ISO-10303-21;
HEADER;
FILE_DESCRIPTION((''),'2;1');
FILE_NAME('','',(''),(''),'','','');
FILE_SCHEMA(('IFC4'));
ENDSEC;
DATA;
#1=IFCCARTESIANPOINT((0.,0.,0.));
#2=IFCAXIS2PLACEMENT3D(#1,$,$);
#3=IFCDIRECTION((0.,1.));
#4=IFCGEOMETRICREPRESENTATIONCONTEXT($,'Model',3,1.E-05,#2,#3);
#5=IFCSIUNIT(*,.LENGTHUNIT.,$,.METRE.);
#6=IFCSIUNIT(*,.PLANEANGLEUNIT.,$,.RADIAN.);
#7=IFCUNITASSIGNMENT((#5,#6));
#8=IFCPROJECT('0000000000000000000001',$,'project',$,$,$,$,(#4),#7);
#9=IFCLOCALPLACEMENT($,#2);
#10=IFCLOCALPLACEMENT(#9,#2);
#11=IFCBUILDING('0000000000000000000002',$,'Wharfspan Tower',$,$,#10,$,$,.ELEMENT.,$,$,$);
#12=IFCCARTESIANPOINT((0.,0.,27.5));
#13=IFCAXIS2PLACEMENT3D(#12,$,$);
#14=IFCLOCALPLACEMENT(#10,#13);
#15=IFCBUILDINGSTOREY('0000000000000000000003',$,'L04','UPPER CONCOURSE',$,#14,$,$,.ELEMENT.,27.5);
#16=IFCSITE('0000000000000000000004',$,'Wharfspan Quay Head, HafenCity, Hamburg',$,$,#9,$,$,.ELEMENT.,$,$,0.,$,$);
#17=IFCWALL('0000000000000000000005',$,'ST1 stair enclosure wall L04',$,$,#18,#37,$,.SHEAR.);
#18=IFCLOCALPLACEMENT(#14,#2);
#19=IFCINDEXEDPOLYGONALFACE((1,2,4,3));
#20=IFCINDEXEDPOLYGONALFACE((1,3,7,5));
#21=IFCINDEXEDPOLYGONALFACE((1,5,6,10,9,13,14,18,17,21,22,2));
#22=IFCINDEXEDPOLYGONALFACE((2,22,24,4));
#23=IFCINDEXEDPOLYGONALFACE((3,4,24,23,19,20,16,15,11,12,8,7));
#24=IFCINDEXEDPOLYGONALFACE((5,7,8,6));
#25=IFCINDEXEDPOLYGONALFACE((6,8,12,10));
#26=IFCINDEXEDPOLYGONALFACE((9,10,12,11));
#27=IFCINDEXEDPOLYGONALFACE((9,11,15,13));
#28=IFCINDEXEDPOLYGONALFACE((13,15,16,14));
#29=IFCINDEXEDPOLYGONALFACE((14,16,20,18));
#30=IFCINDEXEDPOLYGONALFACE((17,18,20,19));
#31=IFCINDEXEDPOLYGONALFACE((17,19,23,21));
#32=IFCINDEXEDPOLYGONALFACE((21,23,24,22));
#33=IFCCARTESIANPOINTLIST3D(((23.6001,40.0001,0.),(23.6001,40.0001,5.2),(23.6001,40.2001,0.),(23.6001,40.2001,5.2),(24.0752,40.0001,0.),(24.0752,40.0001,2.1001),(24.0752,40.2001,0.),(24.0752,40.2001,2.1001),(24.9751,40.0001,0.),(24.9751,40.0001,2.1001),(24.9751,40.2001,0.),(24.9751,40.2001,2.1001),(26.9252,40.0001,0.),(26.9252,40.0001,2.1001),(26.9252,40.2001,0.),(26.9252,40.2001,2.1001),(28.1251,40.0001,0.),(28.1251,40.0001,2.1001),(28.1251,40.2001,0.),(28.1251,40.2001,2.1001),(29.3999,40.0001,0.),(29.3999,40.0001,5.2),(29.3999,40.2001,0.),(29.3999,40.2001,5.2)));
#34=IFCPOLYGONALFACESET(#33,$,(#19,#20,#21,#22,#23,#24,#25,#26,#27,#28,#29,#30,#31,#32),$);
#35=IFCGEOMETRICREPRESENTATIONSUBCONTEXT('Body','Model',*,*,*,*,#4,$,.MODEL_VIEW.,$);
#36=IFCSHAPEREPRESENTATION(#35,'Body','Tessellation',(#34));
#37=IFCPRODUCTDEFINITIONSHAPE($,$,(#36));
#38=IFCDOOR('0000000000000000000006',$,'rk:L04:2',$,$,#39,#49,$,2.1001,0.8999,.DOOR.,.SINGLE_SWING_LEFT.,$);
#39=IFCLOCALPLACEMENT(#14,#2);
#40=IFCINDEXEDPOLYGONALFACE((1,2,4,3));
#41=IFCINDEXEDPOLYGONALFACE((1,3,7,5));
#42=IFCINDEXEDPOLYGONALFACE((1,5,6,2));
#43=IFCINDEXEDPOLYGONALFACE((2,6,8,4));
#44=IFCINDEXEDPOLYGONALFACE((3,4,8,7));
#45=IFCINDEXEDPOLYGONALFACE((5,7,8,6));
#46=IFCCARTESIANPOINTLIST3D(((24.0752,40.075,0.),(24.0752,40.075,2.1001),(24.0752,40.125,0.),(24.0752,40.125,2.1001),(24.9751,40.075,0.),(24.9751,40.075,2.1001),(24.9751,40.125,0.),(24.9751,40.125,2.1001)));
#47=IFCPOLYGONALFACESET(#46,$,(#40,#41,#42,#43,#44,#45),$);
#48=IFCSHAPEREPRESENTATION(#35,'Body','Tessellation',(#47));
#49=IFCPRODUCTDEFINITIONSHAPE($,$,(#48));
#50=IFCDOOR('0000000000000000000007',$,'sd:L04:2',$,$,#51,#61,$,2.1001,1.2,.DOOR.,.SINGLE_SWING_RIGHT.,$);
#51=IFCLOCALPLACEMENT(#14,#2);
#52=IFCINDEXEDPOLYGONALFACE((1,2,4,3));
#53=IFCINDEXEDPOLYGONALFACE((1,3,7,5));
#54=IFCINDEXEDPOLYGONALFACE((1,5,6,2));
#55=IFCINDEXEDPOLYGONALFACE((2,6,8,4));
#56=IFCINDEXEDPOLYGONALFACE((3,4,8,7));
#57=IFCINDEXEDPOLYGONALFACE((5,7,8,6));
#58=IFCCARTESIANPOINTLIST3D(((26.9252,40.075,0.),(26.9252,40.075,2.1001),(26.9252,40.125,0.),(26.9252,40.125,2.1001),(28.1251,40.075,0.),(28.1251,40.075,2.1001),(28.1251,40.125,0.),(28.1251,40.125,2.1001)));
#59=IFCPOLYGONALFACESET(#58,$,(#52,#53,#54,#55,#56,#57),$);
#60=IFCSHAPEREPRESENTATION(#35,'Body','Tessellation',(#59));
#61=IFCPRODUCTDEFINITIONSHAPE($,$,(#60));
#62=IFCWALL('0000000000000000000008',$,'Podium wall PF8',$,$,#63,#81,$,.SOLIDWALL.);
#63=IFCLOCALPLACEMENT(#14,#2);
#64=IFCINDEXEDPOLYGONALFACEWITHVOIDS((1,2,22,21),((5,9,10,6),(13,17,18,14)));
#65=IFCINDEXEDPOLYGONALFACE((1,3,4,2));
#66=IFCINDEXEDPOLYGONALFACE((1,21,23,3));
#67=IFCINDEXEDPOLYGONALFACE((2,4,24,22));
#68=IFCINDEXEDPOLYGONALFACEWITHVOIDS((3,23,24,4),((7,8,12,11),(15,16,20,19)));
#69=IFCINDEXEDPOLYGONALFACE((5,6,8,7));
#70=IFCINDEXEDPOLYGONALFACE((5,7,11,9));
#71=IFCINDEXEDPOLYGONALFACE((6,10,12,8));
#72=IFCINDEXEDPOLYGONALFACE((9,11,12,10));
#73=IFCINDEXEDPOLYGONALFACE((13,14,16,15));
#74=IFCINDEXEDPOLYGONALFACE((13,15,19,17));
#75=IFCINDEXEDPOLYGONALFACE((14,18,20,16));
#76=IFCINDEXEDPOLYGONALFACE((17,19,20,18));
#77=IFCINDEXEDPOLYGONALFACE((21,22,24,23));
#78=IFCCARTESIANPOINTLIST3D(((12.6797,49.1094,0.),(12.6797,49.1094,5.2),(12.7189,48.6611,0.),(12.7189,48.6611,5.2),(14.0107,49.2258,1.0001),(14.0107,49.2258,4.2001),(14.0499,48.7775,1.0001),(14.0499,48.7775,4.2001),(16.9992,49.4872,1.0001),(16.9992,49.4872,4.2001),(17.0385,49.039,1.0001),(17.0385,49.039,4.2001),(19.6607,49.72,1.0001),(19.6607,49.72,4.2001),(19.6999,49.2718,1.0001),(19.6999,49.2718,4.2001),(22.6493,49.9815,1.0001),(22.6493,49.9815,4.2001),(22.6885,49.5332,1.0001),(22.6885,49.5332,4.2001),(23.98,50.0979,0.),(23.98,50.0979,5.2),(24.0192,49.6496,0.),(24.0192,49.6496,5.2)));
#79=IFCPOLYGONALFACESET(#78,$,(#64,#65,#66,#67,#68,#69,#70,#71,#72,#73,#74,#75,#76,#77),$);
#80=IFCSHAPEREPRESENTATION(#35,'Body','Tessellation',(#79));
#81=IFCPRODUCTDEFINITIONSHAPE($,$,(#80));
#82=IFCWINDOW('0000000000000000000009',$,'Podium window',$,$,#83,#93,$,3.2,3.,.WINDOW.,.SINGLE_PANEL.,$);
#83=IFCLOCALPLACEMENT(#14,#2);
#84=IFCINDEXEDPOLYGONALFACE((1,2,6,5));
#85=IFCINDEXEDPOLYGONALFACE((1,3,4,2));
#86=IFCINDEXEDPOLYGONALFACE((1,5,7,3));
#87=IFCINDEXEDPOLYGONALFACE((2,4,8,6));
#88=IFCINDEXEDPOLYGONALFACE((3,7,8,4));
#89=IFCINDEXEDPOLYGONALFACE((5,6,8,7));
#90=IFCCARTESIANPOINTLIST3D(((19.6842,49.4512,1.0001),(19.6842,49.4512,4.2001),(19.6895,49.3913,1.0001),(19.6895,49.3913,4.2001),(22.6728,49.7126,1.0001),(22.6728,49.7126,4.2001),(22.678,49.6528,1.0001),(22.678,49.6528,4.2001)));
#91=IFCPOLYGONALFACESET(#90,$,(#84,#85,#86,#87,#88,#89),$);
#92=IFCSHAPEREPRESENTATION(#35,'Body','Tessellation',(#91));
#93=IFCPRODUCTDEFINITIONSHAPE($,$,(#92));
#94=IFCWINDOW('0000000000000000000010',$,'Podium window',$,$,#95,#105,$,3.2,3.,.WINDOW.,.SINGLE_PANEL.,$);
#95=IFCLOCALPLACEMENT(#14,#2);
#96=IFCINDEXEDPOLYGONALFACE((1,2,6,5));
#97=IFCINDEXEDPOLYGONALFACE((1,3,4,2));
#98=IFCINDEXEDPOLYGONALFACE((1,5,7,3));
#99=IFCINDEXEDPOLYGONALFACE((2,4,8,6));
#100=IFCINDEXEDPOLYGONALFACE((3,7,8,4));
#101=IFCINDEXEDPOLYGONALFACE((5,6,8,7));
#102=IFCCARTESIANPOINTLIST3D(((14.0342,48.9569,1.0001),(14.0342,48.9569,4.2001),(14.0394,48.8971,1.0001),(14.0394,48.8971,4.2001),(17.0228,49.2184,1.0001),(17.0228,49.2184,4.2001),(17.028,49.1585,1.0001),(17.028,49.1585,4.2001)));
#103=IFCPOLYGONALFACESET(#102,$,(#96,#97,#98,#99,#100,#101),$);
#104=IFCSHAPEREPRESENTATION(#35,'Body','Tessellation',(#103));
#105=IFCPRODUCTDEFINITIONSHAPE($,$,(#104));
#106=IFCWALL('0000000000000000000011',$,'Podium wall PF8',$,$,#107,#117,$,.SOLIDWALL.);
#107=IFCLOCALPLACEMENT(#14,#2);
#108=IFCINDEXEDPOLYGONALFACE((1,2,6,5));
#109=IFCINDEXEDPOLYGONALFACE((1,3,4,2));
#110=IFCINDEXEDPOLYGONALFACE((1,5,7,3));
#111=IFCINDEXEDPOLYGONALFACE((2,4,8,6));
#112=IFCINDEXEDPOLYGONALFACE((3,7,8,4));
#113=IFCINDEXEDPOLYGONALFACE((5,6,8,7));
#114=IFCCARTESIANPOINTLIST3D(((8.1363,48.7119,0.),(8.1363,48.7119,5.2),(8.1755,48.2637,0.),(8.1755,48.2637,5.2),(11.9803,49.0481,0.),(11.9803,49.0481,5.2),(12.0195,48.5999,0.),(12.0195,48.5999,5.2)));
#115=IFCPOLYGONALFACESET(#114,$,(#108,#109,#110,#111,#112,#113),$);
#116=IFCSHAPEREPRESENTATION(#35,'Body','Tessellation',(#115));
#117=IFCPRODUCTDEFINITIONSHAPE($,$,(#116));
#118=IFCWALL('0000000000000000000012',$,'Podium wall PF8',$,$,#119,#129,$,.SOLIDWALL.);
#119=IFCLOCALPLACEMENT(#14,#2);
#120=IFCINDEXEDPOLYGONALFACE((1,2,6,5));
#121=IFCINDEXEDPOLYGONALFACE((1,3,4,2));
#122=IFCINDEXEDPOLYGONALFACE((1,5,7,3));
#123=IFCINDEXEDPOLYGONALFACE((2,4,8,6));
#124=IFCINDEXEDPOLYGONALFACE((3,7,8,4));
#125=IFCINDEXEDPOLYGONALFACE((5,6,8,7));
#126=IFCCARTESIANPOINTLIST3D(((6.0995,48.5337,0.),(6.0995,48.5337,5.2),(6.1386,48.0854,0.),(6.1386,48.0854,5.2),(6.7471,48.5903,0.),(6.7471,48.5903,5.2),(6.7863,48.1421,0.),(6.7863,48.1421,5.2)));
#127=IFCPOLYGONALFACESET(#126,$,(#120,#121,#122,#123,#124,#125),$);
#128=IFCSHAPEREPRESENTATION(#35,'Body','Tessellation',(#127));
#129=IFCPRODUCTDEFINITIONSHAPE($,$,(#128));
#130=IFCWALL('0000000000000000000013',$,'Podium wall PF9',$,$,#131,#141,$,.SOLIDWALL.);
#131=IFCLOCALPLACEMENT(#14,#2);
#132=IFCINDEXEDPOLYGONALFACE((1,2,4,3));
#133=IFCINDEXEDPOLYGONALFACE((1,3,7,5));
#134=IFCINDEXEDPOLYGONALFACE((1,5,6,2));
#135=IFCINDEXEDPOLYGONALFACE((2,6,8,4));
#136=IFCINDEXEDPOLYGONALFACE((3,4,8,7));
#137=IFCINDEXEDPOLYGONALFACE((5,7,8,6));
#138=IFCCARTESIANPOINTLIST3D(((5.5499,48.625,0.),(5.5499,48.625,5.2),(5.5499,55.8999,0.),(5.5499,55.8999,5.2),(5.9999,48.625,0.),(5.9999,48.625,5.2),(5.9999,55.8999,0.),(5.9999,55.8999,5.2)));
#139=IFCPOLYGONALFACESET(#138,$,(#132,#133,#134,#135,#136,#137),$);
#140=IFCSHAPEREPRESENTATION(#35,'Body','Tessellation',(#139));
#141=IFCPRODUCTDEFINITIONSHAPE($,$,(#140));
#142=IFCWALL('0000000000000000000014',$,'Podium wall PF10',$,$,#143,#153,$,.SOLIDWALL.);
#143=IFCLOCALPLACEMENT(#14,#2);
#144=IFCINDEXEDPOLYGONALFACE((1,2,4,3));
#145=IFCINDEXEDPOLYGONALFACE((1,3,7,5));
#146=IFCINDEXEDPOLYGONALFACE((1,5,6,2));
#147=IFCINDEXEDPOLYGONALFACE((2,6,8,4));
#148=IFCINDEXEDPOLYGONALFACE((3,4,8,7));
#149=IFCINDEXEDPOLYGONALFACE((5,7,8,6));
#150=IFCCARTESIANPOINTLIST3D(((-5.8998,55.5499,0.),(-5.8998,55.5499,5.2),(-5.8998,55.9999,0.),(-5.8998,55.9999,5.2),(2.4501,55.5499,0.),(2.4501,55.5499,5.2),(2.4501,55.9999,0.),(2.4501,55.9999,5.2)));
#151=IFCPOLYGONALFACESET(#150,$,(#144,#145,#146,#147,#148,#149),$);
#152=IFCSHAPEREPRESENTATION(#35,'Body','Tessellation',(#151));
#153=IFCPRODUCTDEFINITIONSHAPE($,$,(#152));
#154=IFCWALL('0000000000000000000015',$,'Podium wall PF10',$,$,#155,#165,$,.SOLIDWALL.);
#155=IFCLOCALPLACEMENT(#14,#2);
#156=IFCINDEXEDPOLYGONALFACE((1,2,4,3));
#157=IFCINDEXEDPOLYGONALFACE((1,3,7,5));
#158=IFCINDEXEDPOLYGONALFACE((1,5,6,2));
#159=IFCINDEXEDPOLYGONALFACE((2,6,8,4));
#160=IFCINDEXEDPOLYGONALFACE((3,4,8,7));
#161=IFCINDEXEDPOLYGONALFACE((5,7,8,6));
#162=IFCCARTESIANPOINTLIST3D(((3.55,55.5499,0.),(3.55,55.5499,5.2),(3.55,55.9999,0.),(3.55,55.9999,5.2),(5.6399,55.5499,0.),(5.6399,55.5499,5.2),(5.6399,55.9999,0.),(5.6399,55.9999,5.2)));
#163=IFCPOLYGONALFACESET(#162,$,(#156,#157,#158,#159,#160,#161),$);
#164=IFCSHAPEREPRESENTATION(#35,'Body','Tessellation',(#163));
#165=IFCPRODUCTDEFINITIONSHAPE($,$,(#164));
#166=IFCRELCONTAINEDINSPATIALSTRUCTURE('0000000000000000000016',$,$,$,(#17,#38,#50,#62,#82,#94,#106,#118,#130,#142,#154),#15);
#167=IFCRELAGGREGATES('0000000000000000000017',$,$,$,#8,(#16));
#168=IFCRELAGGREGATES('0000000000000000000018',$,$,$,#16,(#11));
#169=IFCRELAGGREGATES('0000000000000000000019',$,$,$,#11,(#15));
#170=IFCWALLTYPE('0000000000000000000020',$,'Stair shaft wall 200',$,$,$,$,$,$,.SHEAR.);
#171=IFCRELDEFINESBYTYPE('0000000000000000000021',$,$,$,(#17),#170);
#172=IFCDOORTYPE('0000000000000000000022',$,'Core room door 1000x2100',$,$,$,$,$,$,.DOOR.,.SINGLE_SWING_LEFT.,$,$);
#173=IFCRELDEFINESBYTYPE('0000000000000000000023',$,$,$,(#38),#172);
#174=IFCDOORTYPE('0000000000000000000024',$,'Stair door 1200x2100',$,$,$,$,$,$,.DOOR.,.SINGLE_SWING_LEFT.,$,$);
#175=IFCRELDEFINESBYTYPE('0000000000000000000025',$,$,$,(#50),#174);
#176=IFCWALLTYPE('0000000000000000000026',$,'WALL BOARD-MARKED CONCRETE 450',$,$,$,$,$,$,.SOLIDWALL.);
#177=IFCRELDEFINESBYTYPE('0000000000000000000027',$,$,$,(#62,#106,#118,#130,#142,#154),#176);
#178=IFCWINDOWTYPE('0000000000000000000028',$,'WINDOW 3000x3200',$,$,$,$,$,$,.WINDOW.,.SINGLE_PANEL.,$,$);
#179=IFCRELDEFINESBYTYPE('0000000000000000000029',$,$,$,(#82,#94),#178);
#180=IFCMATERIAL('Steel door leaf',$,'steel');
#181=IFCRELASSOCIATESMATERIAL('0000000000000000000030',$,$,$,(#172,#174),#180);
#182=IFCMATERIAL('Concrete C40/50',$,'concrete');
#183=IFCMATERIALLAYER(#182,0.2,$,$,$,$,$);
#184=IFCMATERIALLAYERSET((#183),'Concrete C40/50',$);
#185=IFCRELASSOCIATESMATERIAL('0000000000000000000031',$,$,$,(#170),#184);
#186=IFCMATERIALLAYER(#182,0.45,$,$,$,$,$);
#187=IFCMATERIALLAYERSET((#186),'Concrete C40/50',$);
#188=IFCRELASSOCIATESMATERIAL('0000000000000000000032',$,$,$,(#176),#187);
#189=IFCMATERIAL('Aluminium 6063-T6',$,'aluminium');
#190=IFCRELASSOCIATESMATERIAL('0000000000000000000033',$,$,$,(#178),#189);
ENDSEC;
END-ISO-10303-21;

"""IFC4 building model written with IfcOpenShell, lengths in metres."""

from ifc_helpers import new_model, si_unit, direction, frame, frame_2d, origin, place, context, subcontext, project, spatial, rectangle, extrude, material, layer, layer_set, type_object, element, fill, save


model = new_model("IFC4")

# Units and contexts
model_context = context("Model", 3, precision=1e-05, world=origin(), true_north=direction((0.0, 1.0)))
body_context = subcontext(model_context, "Body", "Model", "MODEL_VIEW")
ifc_project = project(units=[si_unit("LENGTHUNIT", "METRE"), si_unit("PLANEANGLEUNIT", "RADIAN")], contexts=[model_context])

# Site, building, storey
site_placement = place(None, origin())
site = spatial("IfcSite", under=ifc_project, at=site_placement, Name="Wharfspan Quay Head, HafenCity, Hamburg", CompositionType="ELEMENT", RefElevation=0.0)
building_placement = place(site_placement, origin())
building = spatial("IfcBuilding", under=site, at=building_placement, Name="Wharfspan Tower", CompositionType="ELEMENT")
storey_placement = place(building_placement, frame((0.0, 0.0, 27.5)))
storey = spatial("IfcBuildingStorey", under=building, at=storey_placement, Name="L04", Description="UPPER CONCOURSE", CompositionType="ELEMENT", Elevation=27.5)

# Shared definitions
ifc_material_1 = material(Name="Steel door leaf", Category="steel")
door_type_1 = type_object("IfcDoorType", Name="Core room door 1000x2100", OperationType="SINGLE_SWING_LEFT", PredefinedType="DOOR", material=ifc_material_1)

# Wall, openings, doors
ifc_material_2 = material(Name="Concrete C40/50", Category="concrete")
ifc_layer_1 = layer(ifc_material_2, 0.2)
ifc_layer_set_1 = layer_set([ifc_layer_1], Name="Concrete C40/50")
wall_type_1 = type_object("IfcWallType", Name="Stair shaft wall 200", PredefinedType="SHEAR", material=ifc_layer_set_1)
wall_1_placement = place(storey_placement, frame((23.6001, 40.1001, 0.0), z_axis=(0.0, 0.0, 1.0), x_axis=(1.0, 0.0, 0.0)))
wall_1 = element("IfcWall", 1, at=wall_1_placement, inside=storey, type_object=wall_type_1, Name="ST1 stair enclosure wall L04", PredefinedType="SHEAR", context=body_context, shape_type="SweptSolid", body=[
    extrude(rectangle(XDim=5.7998, YDim=0.2, at=frame_2d((2.8999, 0.0))), origin(), (0.0, 0.0, 1.0), 5.2),
])
opening_1_placement = place(wall_1_placement, frame((3.325, 0.0, 0.0)))
opening_1 = element("IfcOpeningElement", 2, at=opening_1_placement, cuts=wall_1, PredefinedType="OPENING", context=body_context, shape_type="SweptSolid", body=[
    extrude(rectangle(XDim=1.2, YDim=2.1001, at=frame_2d((0.6001, 1.05))), frame((0.0, 0.1099, 0.0), z_axis=(0.0, -1.0, 0.0), x_axis=(1.0, 0.0, 0.0)), (0.0, 0.0, 1.0), 0.22),
])
opening_2_placement = place(wall_1_placement, frame((0.4751, 0.0, 0.0)))
opening_2 = element("IfcOpeningElement", 3, at=opening_2_placement, cuts=wall_1, PredefinedType="OPENING", context=body_context, shape_type="SweptSolid", body=[
    extrude(rectangle(XDim=0.8999, YDim=2.1001, at=frame_2d((0.45, 1.05))), frame((0.0, 0.1099, 0.0), z_axis=(0.0, -1.0, 0.0), x_axis=(1.0, 0.0, 0.0)), (0.0, 0.0, 1.0), 0.22),
])
door_1_placement = place(opening_2_placement, origin())
door_1 = element("IfcDoor", 4, at=door_1_placement, inside=storey, type_object=door_type_1, Name="rk:L04:2", OperationType="SINGLE_SWING_LEFT", OverallHeight=2.1001, OverallWidth=0.8999, PredefinedType="DOOR", context=body_context, shape_type="SweptSolid", body=[
    extrude(rectangle(XDim=0.8999, YDim=2.1001, at=frame_2d((0.45, 1.05))), frame((0.0, 0.0249, 0.0), z_axis=(0.0, -1.0, 0.0), x_axis=(1.0, 0.0, 0.0)), (0.0, 0.0, 1.0), 0.05),
])
fill(opening_2, door_1)
door_type_2 = type_object("IfcDoorType", Name="Stair door 1200x2100", OperationType="SINGLE_SWING_LEFT", PredefinedType="DOOR", material=ifc_material_1)
door_2_placement = place(opening_1_placement, origin())
door_2 = element("IfcDoor", 5, at=door_2_placement, inside=storey, type_object=door_type_2, Name="sd:L04:2", OperationType="SINGLE_SWING_RIGHT", OverallHeight=2.1001, OverallWidth=1.2, PredefinedType="DOOR", context=body_context, shape_type="SweptSolid", body=[
    extrude(rectangle(XDim=1.2, YDim=2.1001, at=frame_2d((0.6001, 1.05))), frame((0.0, 0.0249, 0.0), z_axis=(0.0, -1.0, 0.0), x_axis=(1.0, 0.0, 0.0)), (0.0, 0.0, 1.0), 0.05),
])
fill(opening_1, door_2)

# Wall, openings, windows
ifc_layer_2 = layer(ifc_material_2, 0.45)
ifc_layer_set_2 = layer_set([ifc_layer_2], Name="Concrete C40/50")
wall_type_2 = type_object("IfcWallType", Name="WALL BOARD-MARKED CONCRETE 450", PredefinedType="SOLIDWALL", material=ifc_layer_set_2)
wall_2_placement = place(storey_placement, frame((23.9998, 49.8738, 0.0), z_axis=(0.0, 0.0, 1.0), x_axis=(-0.996195, -0.087145, 0.0)))
wall_2 = element("IfcWall", 6, at=wall_2_placement, inside=storey, type_object=wall_type_2, Name="Podium wall PF8", PredefinedType="SOLIDWALL", context=body_context, shape_type="SweptSolid", body=[
    extrude(rectangle(XDim=11.3435, YDim=0.45, at=frame_2d((5.6719, 0.0))), origin(), (0.0, 0.0, 1.0), 5.2),
])
opening_3_placement = place(wall_2_placement, frame((1.3359, 0.0, 1.0)))
opening_3 = element("IfcOpeningElement", 7, at=opening_3_placement, cuts=wall_2, PredefinedType="OPENING", context=body_context, shape_type="SweptSolid", body=[
    extrude(rectangle(XDim=3.0, YDim=3.2, at=frame_2d((1.5, 1.6001))), frame((0.0, 0.2349, 0.0), z_axis=(0.0, -1.0, 0.0), x_axis=(1.0, 0.0, 0.0)), (0.0, 0.0, 1.0), 0.47),
])
opening_4_placement = place(wall_2_placement, frame((7.0076, 0.0, 1.0)))
opening_4 = element("IfcOpeningElement", 8, at=opening_4_placement, cuts=wall_2, PredefinedType="OPENING", context=body_context, shape_type="SweptSolid", body=[
    extrude(rectangle(XDim=3.0, YDim=3.2, at=frame_2d((1.5, 1.6001))), frame((0.0, 0.2349, 0.0), z_axis=(0.0, -1.0, 0.0), x_axis=(1.0, 0.0, 0.0)), (0.0, 0.0, 1.0), 0.47),
])
ifc_material_3 = material(Name="Aluminium 6063-T6", Category="aluminium")
window_type = type_object("IfcWindowType", Name="WINDOW 3000x3200", PartitioningType="SINGLE_PANEL", PredefinedType="WINDOW", material=ifc_material_3)
window_1_placement = place(opening_3_placement, origin())
window_1 = element("IfcWindow", 9, at=window_1_placement, inside=storey, type_object=window_type, Name="Podium window", OverallHeight=3.2, OverallWidth=3.0, PartitioningType="SINGLE_PANEL", PredefinedType="WINDOW", context=body_context, shape_type="SweptSolid", body=[
    extrude(rectangle(XDim=3.0, YDim=3.2, at=frame_2d((1.5, 1.6001))), frame((0.0, 0.105, 0.0), z_axis=(0.0, -1.0, 0.0), x_axis=(1.0, 0.0, 0.0)), (0.0, 0.0, 1.0), 0.0601),
])
fill(opening_3, window_1)
window_2_placement = place(opening_4_placement, origin())
window_2 = element("IfcWindow", 10, at=window_2_placement, inside=storey, type_object=window_type, Name="Podium window", OverallHeight=3.2, OverallWidth=3.0, PartitioningType="SINGLE_PANEL", PredefinedType="WINDOW", context=body_context, shape_type="SweptSolid", body=[
    extrude(rectangle(XDim=3.0, YDim=3.2, at=frame_2d((1.5, 1.6001))), frame((0.0, 0.105, 0.0), z_axis=(0.0, -1.0, 0.0), x_axis=(1.0, 0.0, 0.0)), (0.0, 0.0, 1.0), 0.0601),
])
fill(opening_4, window_2)

# Walls
wall_3_placement = place(storey_placement, frame((11.9998, 48.824, 0.0), z_axis=(0.0, 0.0, 1.0), x_axis=(-0.9962, -0.087124, 0.0)))
element("IfcWall", 11, at=wall_3_placement, inside=storey, type_object=wall_type_2, Name="Podium wall PF8", PredefinedType="SOLIDWALL", context=body_context, shape_type="SweptSolid", body=[
    extrude(rectangle(XDim=3.8586, YDim=0.45, at=frame_2d((1.9292, 0.0))), origin(), (0.0, 0.0, 1.0), 5.2),
])
wall_4_placement = place(storey_placement, frame((6.7668, 48.3662, 0.0), z_axis=(0.0, 0.0, 1.0), x_axis=(-0.996201, -0.087116, 0.0)))
element("IfcWall", 12, at=wall_4_placement, inside=storey, type_object=wall_type_2, Name="Podium wall PF8", PredefinedType="SOLIDWALL", context=body_context, shape_type="SweptSolid", body=[
    extrude(rectangle(XDim=0.6501, YDim=0.45, at=frame_2d((0.3252, 0.0))), origin(), (0.0, 0.0, 1.0), 5.2),
])
wall_5_placement = place(storey_placement, frame((5.7749, 48.625, 0.0), z_axis=(0.0, 0.0, 1.0), x_axis=(0.0, 1.0, 0.0)))
element("IfcWall", 13, at=wall_5_placement, inside=storey, type_object=wall_type_2, Name="Podium wall PF9", PredefinedType="SOLIDWALL", context=body_context, shape_type="SweptSolid", body=[
    extrude(rectangle(XDim=7.2749, YDim=0.45, at=frame_2d((3.6375, 0.0))), origin(), (0.0, 0.0, 1.0), 5.2),
])
wall_6_placement = place(storey_placement, frame((2.45, 55.7749, 0.0), z_axis=(0.0, 0.0, 1.0), x_axis=(-1.0, 0.0, 0.0)))
element("IfcWall", 14, at=wall_6_placement, inside=storey, type_object=wall_type_2, Name="Podium wall PF10", PredefinedType="SOLIDWALL", context=body_context, shape_type="SweptSolid", body=[
    extrude(rectangle(XDim=8.3499, YDim=0.45, at=frame_2d((4.1748, 0.0))), origin(), (0.0, 0.0, 1.0), 5.2),
])
wall_7_placement = place(storey_placement, frame((5.6399, 55.7749, 0.0), z_axis=(0.0, 0.0, 1.0), x_axis=(-1.0, 0.0, 0.0)))
element("IfcWall", 15, at=wall_7_placement, inside=storey, type_object=wall_type_2, Name="Podium wall PF10", PredefinedType="SOLIDWALL", context=body_context, shape_type="SweptSolid", body=[
    extrude(rectangle(XDim=2.0898, YDim=0.45, at=frame_2d((1.0449, 0.0))), origin(), (0.0, 0.0, 1.0), 5.2),
])

save(model, "model.ifc")
